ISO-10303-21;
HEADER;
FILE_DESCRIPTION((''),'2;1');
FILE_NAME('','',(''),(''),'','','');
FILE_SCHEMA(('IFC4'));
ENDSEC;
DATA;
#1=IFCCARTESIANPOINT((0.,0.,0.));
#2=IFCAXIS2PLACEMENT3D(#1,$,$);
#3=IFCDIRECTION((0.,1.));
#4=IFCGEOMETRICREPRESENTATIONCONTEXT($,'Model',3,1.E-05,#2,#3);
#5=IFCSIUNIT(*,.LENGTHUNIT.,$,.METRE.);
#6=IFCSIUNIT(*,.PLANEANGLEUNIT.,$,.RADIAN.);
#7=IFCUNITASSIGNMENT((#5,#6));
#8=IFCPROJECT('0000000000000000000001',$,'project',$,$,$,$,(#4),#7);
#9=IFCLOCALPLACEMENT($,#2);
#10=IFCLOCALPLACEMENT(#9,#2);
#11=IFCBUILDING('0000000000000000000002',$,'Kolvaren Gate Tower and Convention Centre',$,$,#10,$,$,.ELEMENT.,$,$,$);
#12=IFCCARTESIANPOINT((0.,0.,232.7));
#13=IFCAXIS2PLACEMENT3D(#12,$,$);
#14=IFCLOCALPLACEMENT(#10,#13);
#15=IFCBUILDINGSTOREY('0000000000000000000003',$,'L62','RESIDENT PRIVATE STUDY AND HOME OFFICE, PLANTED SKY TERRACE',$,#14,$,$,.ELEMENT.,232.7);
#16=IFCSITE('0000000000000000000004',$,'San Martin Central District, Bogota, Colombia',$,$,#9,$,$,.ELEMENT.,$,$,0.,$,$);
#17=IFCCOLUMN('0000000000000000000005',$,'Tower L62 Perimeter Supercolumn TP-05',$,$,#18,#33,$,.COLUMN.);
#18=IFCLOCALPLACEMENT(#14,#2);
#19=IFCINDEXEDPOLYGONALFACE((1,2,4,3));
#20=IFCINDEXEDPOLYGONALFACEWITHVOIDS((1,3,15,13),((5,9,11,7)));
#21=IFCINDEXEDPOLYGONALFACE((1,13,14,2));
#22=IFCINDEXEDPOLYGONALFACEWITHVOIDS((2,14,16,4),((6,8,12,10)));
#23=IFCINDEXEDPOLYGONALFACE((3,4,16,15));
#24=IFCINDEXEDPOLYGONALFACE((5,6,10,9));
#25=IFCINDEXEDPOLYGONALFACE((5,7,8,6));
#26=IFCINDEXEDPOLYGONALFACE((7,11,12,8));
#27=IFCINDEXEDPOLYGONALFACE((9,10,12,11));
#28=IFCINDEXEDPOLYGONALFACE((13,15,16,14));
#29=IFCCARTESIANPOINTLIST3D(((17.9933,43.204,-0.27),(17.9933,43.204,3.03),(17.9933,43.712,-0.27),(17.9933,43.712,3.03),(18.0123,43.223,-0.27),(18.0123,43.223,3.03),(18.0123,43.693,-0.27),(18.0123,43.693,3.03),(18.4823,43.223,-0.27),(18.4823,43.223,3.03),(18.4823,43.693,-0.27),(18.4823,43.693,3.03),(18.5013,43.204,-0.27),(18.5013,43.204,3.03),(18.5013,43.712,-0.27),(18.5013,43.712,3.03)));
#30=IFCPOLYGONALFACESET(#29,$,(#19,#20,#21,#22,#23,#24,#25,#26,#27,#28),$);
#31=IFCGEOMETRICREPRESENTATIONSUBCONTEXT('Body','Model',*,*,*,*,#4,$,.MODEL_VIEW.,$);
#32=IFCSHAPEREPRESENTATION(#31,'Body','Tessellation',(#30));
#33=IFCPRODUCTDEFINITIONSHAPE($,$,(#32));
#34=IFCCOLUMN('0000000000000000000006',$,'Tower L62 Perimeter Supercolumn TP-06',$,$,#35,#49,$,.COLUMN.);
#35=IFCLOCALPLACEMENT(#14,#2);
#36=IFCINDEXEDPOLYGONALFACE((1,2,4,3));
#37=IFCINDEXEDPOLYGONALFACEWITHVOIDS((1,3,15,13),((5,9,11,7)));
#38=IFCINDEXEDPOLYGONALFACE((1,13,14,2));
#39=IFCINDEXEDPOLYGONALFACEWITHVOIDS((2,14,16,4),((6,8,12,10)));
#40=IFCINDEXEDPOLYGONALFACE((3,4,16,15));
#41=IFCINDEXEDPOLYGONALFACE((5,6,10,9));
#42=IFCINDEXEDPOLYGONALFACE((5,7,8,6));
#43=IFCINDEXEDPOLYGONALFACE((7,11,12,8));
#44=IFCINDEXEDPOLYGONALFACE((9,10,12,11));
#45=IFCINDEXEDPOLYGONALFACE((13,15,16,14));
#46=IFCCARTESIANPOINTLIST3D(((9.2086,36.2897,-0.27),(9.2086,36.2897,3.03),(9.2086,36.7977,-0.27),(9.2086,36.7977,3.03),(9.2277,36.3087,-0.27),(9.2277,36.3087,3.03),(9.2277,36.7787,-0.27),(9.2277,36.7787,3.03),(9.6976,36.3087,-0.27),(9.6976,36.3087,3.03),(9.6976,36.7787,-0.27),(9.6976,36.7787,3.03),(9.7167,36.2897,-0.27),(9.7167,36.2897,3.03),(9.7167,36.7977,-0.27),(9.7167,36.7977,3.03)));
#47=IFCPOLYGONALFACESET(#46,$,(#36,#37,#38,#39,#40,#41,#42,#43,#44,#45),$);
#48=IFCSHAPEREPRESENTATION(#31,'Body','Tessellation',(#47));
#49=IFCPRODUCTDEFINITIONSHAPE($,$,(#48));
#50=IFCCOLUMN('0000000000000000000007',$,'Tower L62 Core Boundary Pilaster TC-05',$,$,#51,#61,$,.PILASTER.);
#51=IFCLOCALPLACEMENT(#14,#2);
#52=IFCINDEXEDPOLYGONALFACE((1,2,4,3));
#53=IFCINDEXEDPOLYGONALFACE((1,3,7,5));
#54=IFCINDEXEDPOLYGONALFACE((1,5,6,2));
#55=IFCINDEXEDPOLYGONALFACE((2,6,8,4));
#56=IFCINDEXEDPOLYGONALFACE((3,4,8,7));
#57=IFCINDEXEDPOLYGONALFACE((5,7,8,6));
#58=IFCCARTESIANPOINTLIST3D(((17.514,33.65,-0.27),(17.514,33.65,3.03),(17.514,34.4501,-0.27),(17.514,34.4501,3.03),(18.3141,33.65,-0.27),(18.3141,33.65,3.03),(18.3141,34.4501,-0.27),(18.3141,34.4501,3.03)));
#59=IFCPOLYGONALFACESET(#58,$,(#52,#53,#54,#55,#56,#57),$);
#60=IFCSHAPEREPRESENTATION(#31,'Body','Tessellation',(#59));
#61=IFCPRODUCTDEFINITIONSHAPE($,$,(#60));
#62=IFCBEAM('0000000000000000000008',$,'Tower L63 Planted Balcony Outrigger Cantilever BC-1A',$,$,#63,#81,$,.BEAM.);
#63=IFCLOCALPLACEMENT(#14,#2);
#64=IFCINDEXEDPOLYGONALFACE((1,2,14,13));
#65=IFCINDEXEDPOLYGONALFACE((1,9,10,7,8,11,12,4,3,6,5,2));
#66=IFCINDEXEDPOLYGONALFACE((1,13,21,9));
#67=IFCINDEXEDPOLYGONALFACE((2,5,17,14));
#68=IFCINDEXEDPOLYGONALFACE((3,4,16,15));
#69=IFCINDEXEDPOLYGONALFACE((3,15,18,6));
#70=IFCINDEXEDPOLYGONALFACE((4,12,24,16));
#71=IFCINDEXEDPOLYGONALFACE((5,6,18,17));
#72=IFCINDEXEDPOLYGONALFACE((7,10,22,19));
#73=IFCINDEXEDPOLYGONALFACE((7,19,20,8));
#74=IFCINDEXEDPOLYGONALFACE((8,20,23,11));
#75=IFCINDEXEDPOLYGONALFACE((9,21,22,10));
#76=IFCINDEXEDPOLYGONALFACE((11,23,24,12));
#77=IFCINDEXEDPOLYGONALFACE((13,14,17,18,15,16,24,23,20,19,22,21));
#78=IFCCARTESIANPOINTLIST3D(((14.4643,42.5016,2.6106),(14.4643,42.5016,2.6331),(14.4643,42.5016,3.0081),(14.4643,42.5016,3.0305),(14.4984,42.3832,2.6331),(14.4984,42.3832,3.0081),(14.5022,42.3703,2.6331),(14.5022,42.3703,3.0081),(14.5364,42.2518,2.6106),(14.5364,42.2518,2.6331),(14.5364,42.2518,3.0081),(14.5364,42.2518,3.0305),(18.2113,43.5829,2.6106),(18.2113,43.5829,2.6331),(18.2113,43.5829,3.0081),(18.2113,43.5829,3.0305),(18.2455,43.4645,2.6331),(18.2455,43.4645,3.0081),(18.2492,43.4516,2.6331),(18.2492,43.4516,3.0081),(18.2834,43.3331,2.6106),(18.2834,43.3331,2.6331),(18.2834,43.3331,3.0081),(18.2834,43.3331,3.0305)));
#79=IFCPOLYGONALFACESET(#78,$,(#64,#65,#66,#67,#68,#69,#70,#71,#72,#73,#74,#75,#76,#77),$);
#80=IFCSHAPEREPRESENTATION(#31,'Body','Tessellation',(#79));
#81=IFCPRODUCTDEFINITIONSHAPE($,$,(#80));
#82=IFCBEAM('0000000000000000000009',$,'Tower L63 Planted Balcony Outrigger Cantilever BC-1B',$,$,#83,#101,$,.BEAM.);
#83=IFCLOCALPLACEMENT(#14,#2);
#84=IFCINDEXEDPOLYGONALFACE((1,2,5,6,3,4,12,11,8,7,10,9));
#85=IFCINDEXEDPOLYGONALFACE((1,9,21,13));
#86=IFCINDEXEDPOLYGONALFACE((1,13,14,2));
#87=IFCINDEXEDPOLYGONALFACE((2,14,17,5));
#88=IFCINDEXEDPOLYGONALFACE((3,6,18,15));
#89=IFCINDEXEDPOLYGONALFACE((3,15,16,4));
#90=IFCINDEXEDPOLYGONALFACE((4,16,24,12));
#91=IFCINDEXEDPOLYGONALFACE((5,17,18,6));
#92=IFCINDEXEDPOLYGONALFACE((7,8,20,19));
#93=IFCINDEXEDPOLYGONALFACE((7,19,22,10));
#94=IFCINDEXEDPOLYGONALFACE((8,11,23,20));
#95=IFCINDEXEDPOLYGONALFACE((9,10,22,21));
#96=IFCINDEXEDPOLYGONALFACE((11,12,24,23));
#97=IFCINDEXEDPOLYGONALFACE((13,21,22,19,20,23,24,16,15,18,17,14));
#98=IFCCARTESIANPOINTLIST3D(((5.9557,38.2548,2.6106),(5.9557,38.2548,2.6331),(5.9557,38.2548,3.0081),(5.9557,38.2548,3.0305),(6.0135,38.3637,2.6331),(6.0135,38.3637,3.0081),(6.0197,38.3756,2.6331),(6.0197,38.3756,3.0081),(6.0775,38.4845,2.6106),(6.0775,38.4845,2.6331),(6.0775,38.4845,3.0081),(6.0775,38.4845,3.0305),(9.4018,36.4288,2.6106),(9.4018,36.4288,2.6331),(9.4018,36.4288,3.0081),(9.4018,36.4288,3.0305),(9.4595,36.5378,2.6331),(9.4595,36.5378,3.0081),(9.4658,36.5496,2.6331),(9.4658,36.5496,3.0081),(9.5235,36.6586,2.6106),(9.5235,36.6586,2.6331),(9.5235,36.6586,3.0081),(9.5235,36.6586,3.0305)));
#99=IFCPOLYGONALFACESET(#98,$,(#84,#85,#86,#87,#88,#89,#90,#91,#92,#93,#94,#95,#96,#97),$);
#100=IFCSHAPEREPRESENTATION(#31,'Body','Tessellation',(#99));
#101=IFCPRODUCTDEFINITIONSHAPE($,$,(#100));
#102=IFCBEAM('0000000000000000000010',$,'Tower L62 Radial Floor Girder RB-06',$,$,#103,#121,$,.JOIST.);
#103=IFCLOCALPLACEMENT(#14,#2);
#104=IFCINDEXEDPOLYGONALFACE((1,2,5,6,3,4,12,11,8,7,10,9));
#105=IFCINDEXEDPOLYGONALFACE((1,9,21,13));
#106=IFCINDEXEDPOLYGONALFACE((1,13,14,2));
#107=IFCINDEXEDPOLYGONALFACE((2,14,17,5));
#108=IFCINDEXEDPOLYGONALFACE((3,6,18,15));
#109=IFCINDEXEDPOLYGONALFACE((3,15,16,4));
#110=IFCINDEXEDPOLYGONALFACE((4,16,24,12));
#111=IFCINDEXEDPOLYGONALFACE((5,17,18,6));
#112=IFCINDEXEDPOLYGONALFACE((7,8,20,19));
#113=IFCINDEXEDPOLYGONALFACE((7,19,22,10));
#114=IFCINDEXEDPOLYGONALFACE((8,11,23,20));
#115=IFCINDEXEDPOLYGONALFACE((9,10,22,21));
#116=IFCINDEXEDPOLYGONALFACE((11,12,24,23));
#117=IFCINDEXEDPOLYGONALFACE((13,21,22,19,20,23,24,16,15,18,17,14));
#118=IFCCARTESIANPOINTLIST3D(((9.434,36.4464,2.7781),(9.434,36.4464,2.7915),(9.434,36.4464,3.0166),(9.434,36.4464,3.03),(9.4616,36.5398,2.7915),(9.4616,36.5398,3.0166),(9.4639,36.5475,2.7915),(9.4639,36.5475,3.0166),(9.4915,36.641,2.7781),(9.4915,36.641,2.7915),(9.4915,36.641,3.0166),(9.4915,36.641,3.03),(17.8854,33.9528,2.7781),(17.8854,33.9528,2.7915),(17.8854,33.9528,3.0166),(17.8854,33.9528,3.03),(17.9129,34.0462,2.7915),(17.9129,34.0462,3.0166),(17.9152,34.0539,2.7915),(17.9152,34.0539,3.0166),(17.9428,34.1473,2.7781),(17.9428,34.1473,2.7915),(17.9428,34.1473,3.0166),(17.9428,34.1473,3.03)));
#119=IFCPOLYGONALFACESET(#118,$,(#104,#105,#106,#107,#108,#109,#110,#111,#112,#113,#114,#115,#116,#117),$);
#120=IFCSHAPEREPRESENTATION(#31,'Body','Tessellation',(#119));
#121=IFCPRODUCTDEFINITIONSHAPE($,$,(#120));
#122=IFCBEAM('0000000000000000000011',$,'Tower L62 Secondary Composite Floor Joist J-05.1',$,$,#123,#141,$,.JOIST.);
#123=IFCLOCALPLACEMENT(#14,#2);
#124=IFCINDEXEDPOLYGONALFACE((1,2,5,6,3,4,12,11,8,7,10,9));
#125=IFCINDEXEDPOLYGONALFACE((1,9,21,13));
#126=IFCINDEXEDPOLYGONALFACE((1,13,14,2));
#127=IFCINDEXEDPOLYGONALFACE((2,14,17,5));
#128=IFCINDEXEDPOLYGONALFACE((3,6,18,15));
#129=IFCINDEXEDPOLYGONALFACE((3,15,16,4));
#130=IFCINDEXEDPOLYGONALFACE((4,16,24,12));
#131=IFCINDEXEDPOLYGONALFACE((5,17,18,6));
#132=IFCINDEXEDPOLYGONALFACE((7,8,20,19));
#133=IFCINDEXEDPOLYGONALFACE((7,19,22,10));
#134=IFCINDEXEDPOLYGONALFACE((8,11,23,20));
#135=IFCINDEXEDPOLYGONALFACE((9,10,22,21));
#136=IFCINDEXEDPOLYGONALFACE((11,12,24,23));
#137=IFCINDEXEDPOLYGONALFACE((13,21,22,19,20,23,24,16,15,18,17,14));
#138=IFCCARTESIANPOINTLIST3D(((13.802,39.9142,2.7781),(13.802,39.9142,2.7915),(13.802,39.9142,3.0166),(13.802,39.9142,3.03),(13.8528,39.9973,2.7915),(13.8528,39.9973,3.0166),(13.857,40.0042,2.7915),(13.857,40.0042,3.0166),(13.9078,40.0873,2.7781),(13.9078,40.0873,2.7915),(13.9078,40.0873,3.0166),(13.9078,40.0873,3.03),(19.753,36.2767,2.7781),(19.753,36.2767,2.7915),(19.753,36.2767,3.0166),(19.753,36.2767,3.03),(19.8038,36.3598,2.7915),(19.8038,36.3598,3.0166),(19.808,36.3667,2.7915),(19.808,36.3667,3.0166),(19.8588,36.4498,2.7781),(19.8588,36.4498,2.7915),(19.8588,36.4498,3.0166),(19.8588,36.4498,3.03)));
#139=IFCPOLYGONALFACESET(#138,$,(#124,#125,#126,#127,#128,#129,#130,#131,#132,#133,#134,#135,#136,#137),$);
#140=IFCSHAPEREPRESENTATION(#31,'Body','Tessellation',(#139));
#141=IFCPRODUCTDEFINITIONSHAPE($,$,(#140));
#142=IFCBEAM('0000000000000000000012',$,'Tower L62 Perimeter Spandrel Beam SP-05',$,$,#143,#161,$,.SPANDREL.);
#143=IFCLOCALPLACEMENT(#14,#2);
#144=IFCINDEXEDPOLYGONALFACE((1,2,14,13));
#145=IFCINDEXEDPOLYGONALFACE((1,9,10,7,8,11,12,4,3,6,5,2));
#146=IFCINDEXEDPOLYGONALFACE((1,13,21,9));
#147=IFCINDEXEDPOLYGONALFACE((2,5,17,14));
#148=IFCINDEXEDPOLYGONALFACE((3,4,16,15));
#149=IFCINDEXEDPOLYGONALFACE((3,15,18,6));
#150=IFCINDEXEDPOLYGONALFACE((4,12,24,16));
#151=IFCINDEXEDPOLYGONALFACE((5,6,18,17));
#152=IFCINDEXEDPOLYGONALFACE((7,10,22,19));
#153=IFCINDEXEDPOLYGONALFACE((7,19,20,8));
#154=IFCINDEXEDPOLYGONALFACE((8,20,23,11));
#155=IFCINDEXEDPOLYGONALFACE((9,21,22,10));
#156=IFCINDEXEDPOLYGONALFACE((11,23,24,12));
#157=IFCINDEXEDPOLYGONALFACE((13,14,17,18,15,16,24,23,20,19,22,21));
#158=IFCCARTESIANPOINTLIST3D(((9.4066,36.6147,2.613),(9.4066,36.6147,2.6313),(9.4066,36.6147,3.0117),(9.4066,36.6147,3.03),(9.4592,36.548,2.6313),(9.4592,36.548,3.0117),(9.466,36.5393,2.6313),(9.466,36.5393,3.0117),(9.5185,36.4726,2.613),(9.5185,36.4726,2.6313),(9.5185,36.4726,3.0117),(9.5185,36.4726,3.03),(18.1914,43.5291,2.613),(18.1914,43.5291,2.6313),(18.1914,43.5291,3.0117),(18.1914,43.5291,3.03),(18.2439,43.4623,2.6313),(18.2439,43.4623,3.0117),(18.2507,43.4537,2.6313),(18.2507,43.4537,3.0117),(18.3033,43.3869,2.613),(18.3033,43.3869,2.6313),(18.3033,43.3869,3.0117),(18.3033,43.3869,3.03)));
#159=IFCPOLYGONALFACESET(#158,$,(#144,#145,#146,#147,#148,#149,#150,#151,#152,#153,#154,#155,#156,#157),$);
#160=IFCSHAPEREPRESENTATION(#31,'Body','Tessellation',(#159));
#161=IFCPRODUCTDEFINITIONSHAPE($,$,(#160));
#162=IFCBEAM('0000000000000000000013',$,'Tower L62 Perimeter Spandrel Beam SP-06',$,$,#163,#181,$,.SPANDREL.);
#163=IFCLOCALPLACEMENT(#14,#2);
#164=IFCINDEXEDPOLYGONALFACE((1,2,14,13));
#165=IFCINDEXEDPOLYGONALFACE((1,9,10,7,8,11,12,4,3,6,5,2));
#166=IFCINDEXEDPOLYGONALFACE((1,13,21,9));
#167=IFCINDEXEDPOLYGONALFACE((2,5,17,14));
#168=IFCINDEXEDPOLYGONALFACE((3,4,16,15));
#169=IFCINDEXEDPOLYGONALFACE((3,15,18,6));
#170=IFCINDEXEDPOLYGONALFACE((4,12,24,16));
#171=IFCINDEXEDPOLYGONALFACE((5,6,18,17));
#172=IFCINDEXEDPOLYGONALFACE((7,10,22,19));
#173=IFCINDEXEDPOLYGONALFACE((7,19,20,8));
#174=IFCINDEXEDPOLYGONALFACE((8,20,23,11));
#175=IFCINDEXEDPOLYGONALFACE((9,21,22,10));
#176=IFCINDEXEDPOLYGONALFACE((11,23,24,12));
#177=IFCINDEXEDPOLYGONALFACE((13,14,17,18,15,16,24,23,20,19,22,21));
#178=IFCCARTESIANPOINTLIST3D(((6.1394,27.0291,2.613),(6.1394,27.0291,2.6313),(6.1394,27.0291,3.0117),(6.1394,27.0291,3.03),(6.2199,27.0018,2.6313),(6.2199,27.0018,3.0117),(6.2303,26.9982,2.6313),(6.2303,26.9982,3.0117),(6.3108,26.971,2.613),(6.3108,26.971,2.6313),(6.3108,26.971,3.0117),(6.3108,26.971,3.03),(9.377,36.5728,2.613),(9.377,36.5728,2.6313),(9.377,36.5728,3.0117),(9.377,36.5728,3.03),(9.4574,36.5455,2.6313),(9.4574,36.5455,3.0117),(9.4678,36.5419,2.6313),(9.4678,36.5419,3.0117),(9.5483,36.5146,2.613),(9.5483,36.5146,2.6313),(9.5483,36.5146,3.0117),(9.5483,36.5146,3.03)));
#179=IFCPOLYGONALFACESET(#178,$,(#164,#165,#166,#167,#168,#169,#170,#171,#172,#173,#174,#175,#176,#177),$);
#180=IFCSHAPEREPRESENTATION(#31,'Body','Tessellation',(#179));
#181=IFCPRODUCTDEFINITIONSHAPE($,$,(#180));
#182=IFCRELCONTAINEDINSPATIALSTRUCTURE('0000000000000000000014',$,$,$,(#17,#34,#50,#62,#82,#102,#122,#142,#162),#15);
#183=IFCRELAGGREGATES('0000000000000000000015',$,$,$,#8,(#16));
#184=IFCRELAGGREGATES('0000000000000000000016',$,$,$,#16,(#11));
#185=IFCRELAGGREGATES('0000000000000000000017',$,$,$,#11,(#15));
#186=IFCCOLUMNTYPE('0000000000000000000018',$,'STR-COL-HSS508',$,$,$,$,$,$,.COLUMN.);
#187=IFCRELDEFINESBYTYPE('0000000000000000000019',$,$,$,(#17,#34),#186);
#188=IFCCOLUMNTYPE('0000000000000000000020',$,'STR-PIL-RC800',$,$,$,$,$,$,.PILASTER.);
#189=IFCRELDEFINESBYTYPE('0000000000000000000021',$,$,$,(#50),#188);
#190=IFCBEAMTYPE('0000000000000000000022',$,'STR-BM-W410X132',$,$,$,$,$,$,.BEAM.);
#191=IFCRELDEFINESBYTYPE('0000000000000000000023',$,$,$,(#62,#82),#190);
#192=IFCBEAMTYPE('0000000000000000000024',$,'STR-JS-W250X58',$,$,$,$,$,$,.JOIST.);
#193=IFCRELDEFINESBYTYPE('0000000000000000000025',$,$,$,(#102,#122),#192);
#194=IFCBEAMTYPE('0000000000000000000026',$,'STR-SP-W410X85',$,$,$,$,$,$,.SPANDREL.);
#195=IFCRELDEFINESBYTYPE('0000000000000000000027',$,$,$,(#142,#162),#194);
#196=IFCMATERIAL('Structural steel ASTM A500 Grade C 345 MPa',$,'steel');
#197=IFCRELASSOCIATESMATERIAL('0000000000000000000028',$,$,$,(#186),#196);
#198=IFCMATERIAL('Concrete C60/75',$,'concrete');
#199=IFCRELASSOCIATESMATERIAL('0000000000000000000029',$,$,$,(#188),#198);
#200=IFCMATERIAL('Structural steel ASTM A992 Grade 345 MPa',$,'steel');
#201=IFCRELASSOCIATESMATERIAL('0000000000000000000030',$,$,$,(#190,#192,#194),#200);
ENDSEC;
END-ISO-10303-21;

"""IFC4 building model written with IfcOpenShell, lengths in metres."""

from ifc_helpers import new_model, si_unit, direction, frame, origin, origin_2d, place, context, subcontext, project, spatial, rectangle, hollow_rectangle, i_section, extrude, material, material_profile, profile_set, type_object, element, save


model = new_model("IFC4")

# Units and contexts
model_context = context("Model", 3, precision=1e-05, world=origin(), true_north=direction((0.0, 1.0)))
body_context = subcontext(model_context, "Body", "Model", "MODEL_VIEW")
ifc_project = project(units=[si_unit("LENGTHUNIT", "METRE"), si_unit("PLANEANGLEUNIT", "RADIAN")], contexts=[model_context])

# Site, building, storey
site_placement = place(None, origin())
site = spatial("IfcSite", under=ifc_project, at=site_placement, Name="San Martin Central District, Bogota, Colombia", CompositionType="ELEMENT", RefElevation=0.0)
building_placement = place(site_placement, origin())
building = spatial("IfcBuilding", under=site, at=building_placement, Name="Kolvaren Gate Tower and Convention Centre", CompositionType="ELEMENT")
storey_placement = place(building_placement, frame((0.0, 0.0, 232.7)))
storey = spatial("IfcBuildingStorey", under=building, at=storey_placement, Name="L62", Description="RESIDENT PRIVATE STUDY AND HOME OFFICE, PLANTED SKY TERRACE", CompositionType="ELEMENT", Elevation=232.7)

# Columns
ifc_material_1 = material(Name="Structural steel ASTM A500 Grade C 345 MPa", Category="steel")
ifc_material_profile_1 = material_profile(ifc_material_1, hollow_rectangle(XDim=0.5081, YDim=0.5081, WallThickness=0.019, at=origin_2d()), Name="HSS508X508X19.1")
ifc_profile_set_1 = profile_set([ifc_material_profile_1], Name="Structural steel ASTM A500 Grade C 345 MPa")
column_type_1 = type_object("IfcColumnType", Name="STR-COL-HSS508", PredefinedType="COLUMN", material=ifc_profile_set_1)
for number, where, z_axis, x_axis, name in (
    (1, (18.2473, 43.458, -0.27), (0.0, 0.0, 1.0), (1.0, 0.0, 0.0), "Tower L62 Perimeter Supercolumn TP-05"),
    (2, (9.4626, 36.5437, -0.27), (0.0, 0.0, 1.0), (1.0, 0.0, 0.0), "Tower L62 Perimeter Supercolumn TP-06"),
):
    element("IfcColumn", number, at=place(storey_placement, frame(where, z_axis=z_axis, x_axis=x_axis)), inside=storey, type_object=column_type_1, Name=name, PredefinedType="COLUMN", context=body_context, shape_type="SweptSolid", body=[
        extrude(hollow_rectangle(XDim=0.5081, YDim=0.5081, WallThickness=0.019, at=origin_2d()), origin(), (0.0, 0.0, 1.0), 3.3),
    ])
ifc_material_2 = material(Name="Concrete C60/75", Category="concrete")
ifc_material_profile_2 = material_profile(ifc_material_2, rectangle(XDim=0.8, YDim=0.8, at=origin_2d()), Name="RC-COL-800X800")
ifc_profile_set_2 = profile_set([ifc_material_profile_2], Name="Concrete C60/75")
column_type_2 = type_object("IfcColumnType", Name="STR-PIL-RC800", PredefinedType="PILASTER", material=ifc_profile_set_2)
column_placement = place(storey_placement, frame((17.9141, 34.05, -0.27), z_axis=(0.0, 0.0, 1.0), x_axis=(1.0, 0.0, 0.0)))
element("IfcColumn", 3, at=column_placement, inside=storey, type_object=column_type_2, Name="Tower L62 Core Boundary Pilaster TC-05", PredefinedType="PILASTER", context=body_context, shape_type="SweptSolid", body=[
    extrude(rectangle(XDim=0.8, YDim=0.8, at=origin_2d()), origin(), (0.0, 0.0, 1.0), 3.3),
])

# Beams
ifc_material_3 = material(Name="Structural steel ASTM A992 Grade 345 MPa", Category="steel")
ifc_material_profile_3 = material_profile(ifc_material_3, i_section(OverallWidth=0.26, OverallDepth=0.4199, WebThickness=0.0134, FlangeThickness=0.0225, at=origin_2d()), Name="W410X132")
ifc_profile_set_3 = profile_set([ifc_material_profile_3], Name="Structural steel ASTM A992 Grade 345 MPa")
beam_type_1 = type_object("IfcBeamType", Name="STR-BM-W410X132", PredefinedType="BEAM", material=ifc_profile_set_3)
for number, where, z_axis, x_axis, name in (
    (4, (18.2473, 43.458, 2.8206), (-0.960795, -0.277258, 0.0), (0.277258, -0.960795, 0.0), "Tower L63 Planted Balcony Outrigger Cantilever BC-1A"),
    (5, (9.4626, 36.5437, 2.8206), (-0.883623, 0.468198, 0.0), (-0.468198, -0.883623, 0.0), "Tower L63 Planted Balcony Outrigger Cantilever BC-1B"),
):
    element("IfcBeam", number, at=place(storey_placement, frame(where, z_axis=z_axis, x_axis=x_axis)), inside=storey, type_object=beam_type_1, Name=name, PredefinedType="BEAM", context=body_context, shape_type="SweptSolid", body=[
        extrude(i_section(OverallWidth=0.26, OverallDepth=0.4199, WebThickness=0.0134, FlangeThickness=0.0225, at=origin_2d()), origin(), (0.0, 0.0, 1.0), 3.8999),
    ])
ifc_material_profile_4 = material_profile(ifc_material_3, i_section(OverallWidth=0.2029, OverallDepth=0.252, WebThickness=0.0081, FlangeThickness=0.0134, at=origin_2d()), Name="W250X58")
ifc_profile_set_4 = profile_set([ifc_material_profile_4], Name="Structural steel ASTM A992 Grade 345 MPa")
beam_type_2 = type_object("IfcBeamType", Name="STR-JS-W250X58", PredefinedType="JOIST", material=ifc_profile_set_4)
beam_1_placement = place(storey_placement, frame((17.9141, 34.05, 2.9041), z_axis=(-0.959121, 0.282996, 0.0), x_axis=(-0.282996, -0.959121, 0.0)))
element("IfcBeam", 6, at=beam_1_placement, inside=storey, type_object=beam_type_2, Name="Tower L62 Radial Floor Girder RB-06", PredefinedType="JOIST", context=body_context, shape_type="SweptSolid", body=[
    extrude(i_section(OverallWidth=0.2029, OverallDepth=0.252, WebThickness=0.0081, FlangeThickness=0.0134, at=origin_2d()), origin(), (0.0, 0.0, 1.0), 8.8115),
])
beam_2_placement = place(storey_placement, frame((19.8059, 36.3633, 2.9041), z_axis=(-0.853233, 0.521531, 0.0), x_axis=(-0.521531, -0.853233, 0.0)))
element("IfcBeam", 7, at=beam_2_placement, inside=storey, type_object=beam_type_2, Name="Tower L62 Secondary Composite Floor Joist J-05.1", PredefinedType="JOIST", context=body_context, shape_type="SweptSolid", body=[
    extrude(i_section(OverallWidth=0.2029, OverallDepth=0.252, WebThickness=0.0081, FlangeThickness=0.0134, at=origin_2d()), origin(), (0.0, 0.0, 1.0), 6.9746),
])
ifc_material_profile_5 = material_profile(ifc_material_3, i_section(OverallWidth=0.1809, OverallDepth=0.417, WebThickness=0.011, FlangeThickness=0.0183, at=origin_2d()), Name="W410X85")
ifc_profile_set_5 = profile_set([ifc_material_profile_5], Name="Structural steel ASTM A992 Grade 345 MPa")
beam_type_3 = type_object("IfcBeamType", Name="STR-SP-W410X85", PredefinedType="SPANDREL", material=ifc_profile_set_5)
beam_3_placement = place(storey_placement, frame((18.2473, 43.458, 2.8215), z_axis=(-0.785794, -0.618489, 0.0), x_axis=(0.618489, -0.785794, 0.0)))
element("IfcBeam", 8, at=beam_3_placement, inside=storey, type_object=beam_type_3, Name="Tower L62 Perimeter Spandrel Beam SP-05", PredefinedType="SPANDREL", context=body_context, shape_type="SweptSolid", body=[
    extrude(i_section(OverallWidth=0.1809, OverallDepth=0.417, WebThickness=0.011, FlangeThickness=0.0183, at=origin_2d()), origin(), (0.0, 0.0, 1.0), 11.1794),
])
beam_4_placement = place(storey_placement, frame((9.4626, 36.5437, 2.8215), z_axis=(-0.321253, -0.946994, 0.0), x_axis=(0.946994, -0.321253, 0.0)))
element("IfcBeam", 9, at=beam_4_placement, inside=storey, type_object=beam_type_3, Name="Tower L62 Perimeter Spandrel Beam SP-06", PredefinedType="SPANDREL", context=body_context, shape_type="SweptSolid", body=[
    extrude(i_section(OverallWidth=0.1809, OverallDepth=0.417, WebThickness=0.011, FlangeThickness=0.0183, at=origin_2d()), origin(), (0.0, 0.0, 1.0), 10.0779),
])

save(model, "model.ifc")
